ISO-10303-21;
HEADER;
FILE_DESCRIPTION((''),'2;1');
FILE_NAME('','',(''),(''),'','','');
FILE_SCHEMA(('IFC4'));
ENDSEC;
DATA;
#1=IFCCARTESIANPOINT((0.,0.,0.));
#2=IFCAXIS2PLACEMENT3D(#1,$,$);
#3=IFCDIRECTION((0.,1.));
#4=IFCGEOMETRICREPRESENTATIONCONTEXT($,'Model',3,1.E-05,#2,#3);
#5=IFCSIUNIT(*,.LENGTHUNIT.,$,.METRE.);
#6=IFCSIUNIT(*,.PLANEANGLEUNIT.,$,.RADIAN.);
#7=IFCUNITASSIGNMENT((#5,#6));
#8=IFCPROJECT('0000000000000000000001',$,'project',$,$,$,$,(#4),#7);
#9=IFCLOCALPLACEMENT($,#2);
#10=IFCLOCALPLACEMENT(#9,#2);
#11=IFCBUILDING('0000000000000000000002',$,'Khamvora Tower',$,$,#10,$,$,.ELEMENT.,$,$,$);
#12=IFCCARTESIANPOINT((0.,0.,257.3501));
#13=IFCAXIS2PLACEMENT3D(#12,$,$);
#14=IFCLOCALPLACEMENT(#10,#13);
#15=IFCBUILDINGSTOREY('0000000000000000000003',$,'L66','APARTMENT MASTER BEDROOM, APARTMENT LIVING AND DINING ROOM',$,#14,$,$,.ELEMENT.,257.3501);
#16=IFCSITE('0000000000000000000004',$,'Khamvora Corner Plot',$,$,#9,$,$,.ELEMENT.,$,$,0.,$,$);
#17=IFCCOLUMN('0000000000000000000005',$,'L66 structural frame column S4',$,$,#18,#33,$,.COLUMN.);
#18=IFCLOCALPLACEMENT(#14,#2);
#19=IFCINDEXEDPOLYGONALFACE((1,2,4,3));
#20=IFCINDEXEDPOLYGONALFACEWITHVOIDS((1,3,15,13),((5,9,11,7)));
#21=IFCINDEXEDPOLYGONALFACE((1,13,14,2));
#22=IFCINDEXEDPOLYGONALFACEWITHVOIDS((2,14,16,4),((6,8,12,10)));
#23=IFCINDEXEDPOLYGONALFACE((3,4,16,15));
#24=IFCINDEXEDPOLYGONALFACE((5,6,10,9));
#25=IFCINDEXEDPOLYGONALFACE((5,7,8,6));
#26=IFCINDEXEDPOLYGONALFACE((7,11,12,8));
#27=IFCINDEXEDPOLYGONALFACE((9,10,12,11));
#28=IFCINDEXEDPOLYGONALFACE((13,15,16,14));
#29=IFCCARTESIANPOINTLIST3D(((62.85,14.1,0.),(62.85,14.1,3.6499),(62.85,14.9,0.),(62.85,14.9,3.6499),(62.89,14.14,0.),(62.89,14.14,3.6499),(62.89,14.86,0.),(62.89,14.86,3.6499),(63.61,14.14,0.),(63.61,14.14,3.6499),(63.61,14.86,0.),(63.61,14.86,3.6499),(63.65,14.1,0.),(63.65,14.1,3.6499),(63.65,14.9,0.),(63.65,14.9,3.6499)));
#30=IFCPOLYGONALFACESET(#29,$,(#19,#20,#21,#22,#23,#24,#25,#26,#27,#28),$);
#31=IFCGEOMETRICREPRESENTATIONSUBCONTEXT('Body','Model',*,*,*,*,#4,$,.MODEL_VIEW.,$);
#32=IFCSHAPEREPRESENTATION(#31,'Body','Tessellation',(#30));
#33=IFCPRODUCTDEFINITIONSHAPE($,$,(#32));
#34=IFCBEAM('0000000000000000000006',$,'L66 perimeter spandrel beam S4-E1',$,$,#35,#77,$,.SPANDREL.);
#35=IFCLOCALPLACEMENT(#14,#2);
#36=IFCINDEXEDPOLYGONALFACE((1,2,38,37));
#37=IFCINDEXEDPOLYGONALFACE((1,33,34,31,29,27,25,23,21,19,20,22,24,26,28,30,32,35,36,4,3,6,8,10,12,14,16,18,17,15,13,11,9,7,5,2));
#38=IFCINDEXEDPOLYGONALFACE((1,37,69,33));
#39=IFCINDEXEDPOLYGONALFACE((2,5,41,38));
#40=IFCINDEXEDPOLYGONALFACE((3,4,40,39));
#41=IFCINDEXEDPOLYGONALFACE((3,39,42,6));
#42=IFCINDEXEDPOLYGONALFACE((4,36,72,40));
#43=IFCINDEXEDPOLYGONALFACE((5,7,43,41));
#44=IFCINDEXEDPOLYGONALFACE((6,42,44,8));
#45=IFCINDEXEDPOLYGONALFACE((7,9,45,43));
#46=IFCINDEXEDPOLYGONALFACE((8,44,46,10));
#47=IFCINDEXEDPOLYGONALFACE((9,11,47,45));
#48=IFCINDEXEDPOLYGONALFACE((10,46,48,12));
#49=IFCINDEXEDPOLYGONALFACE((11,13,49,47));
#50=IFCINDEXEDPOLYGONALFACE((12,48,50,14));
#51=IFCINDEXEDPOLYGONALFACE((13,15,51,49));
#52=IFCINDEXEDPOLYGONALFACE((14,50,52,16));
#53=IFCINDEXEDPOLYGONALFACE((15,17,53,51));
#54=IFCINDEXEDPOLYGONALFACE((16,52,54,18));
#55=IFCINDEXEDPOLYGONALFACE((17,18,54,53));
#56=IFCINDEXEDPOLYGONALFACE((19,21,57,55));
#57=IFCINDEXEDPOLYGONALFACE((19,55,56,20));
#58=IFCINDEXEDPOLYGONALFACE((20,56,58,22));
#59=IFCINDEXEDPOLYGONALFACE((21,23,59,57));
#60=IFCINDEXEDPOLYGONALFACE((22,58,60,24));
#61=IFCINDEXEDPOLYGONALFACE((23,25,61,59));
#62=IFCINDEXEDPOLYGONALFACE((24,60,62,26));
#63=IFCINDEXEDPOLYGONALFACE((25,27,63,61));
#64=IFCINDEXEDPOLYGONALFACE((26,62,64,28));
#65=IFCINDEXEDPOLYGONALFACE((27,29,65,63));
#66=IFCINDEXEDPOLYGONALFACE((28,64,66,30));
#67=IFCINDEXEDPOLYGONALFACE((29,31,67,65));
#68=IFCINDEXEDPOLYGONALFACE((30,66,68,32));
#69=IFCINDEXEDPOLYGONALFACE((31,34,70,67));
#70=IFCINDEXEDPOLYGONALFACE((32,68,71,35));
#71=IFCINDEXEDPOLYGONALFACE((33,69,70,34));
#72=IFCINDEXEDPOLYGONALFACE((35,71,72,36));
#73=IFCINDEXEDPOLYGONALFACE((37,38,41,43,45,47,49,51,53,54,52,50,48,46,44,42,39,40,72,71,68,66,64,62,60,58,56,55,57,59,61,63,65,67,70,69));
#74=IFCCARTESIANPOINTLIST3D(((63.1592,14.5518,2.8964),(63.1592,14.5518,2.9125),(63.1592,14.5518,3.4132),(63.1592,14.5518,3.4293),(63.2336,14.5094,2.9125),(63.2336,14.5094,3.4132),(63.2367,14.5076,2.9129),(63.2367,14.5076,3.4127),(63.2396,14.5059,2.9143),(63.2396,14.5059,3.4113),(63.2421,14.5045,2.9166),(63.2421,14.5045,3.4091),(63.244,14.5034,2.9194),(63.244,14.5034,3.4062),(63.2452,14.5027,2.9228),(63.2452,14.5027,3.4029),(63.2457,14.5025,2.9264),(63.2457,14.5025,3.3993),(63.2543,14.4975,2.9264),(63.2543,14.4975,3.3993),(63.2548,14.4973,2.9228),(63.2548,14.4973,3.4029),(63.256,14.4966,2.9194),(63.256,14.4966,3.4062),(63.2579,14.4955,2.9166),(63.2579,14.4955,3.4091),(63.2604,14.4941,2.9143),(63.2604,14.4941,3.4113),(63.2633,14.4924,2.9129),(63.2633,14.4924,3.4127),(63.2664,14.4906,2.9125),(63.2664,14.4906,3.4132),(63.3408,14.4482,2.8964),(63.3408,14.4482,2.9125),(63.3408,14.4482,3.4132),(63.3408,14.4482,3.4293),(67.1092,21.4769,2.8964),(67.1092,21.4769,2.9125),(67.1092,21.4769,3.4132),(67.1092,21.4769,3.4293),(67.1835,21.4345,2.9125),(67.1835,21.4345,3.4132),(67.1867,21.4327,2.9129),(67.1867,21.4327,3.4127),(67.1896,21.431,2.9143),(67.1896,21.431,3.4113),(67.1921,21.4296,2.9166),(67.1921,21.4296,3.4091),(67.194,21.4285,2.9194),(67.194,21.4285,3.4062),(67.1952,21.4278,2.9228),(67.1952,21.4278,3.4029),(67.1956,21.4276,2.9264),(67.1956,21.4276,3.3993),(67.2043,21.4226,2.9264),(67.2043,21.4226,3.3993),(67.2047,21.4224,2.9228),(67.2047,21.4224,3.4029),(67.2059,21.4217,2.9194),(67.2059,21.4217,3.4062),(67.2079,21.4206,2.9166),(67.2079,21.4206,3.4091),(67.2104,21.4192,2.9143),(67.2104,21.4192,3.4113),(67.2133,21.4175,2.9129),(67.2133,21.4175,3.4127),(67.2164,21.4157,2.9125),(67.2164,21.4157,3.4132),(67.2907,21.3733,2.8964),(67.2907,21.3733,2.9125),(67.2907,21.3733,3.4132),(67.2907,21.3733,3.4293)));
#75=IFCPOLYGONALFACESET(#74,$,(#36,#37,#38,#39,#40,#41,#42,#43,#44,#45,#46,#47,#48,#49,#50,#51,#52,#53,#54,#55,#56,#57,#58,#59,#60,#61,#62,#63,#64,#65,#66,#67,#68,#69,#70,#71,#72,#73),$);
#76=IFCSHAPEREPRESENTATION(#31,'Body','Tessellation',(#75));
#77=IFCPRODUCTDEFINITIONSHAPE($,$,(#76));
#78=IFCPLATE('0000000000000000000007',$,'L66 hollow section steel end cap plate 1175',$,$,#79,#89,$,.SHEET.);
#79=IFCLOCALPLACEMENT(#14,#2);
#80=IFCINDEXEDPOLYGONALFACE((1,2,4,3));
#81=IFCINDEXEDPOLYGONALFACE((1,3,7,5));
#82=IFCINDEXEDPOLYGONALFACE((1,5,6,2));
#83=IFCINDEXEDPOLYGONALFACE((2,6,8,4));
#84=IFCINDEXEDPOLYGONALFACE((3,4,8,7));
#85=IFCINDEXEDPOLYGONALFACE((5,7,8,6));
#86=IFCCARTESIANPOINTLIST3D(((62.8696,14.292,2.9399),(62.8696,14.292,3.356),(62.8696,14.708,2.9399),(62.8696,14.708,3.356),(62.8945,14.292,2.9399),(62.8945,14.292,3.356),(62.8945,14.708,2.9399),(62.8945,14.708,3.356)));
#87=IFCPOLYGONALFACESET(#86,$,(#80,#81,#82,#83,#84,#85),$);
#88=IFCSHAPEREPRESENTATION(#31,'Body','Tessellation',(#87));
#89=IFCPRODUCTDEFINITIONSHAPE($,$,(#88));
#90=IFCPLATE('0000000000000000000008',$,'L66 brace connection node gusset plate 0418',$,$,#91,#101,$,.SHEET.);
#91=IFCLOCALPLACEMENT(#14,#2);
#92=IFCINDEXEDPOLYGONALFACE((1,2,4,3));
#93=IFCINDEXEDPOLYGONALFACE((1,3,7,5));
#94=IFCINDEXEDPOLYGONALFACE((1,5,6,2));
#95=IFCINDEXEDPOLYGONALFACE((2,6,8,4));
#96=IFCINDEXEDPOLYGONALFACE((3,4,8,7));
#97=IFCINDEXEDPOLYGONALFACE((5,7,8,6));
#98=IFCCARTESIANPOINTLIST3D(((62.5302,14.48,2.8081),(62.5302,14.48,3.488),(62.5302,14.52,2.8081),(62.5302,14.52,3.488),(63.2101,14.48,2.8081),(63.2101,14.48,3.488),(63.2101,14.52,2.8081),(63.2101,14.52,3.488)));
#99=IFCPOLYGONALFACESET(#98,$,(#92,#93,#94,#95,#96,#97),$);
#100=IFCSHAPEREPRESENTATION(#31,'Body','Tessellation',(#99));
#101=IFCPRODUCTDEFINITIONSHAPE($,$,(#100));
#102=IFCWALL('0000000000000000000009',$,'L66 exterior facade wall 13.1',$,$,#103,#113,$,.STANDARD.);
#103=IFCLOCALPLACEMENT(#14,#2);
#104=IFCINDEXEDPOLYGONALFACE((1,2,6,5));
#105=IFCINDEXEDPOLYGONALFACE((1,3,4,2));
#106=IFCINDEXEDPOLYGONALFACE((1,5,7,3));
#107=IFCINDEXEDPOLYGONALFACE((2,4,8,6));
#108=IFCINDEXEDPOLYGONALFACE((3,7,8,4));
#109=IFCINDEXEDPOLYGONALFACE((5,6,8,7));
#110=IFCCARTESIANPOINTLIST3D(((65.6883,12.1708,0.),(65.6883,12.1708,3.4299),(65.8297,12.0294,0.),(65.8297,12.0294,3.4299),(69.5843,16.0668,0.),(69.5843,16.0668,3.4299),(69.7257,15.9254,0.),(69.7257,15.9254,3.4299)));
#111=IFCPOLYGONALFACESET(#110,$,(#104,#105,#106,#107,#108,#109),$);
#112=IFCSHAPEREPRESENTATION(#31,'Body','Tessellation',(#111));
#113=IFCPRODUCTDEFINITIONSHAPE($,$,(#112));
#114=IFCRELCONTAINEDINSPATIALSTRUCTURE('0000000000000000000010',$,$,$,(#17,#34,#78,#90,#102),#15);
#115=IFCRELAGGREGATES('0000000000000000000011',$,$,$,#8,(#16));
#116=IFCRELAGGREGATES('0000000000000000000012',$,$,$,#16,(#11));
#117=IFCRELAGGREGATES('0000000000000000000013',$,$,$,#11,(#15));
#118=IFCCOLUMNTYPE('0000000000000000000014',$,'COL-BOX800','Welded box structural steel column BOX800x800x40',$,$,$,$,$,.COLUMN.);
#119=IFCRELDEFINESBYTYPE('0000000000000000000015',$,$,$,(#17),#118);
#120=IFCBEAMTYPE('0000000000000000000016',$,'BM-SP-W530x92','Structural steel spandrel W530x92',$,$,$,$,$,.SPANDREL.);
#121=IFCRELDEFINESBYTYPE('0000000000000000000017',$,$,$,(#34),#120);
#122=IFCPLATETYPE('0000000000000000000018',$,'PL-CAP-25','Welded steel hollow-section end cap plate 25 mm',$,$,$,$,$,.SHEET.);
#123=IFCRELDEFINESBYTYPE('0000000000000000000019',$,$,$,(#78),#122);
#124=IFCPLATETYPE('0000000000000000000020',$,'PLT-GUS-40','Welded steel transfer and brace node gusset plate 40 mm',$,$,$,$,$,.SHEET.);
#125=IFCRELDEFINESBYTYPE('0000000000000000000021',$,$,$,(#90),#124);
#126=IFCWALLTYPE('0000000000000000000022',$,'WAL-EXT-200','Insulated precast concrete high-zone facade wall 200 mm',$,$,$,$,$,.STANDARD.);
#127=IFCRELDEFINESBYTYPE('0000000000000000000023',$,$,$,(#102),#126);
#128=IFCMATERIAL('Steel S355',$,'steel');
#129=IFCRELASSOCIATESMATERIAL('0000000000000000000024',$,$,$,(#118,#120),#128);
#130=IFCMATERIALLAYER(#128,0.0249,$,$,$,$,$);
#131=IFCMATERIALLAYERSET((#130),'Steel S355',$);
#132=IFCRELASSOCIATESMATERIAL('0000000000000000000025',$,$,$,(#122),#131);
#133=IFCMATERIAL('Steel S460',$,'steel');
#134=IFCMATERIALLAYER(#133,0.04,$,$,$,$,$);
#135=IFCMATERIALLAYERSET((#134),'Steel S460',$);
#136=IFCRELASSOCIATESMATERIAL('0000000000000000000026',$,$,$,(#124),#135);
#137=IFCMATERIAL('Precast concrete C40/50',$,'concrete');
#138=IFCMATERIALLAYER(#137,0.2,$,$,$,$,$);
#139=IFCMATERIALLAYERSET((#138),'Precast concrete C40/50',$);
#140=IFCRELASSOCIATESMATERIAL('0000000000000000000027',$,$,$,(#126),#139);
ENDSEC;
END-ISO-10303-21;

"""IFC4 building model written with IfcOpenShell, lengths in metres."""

from ifc_helpers import new_model, si_unit, direction, frame, frame_2d, origin, origin_2d, place, context, subcontext, project, spatial, rectangle, hollow_rectangle, i_section, extrude, material, layer, layer_set, material_profile, profile_set, type_object, element, save


model = new_model("IFC4")

# Units and contexts
model_context = context("Model", 3, precision=1e-05, world=origin(), true_north=direction((0.0, 1.0)))
body_context = subcontext(model_context, "Body", "Model", "MODEL_VIEW")
ifc_project = project(units=[si_unit("LENGTHUNIT", "METRE"), si_unit("PLANEANGLEUNIT", "RADIAN")], contexts=[model_context])

# Site, building, storey
site_placement = place(None, origin())
site = spatial("IfcSite", under=ifc_project, at=site_placement, Name="Khamvora Corner Plot", CompositionType="ELEMENT", RefElevation=0.0)
building_placement = place(site_placement, origin())
building = spatial("IfcBuilding", under=site, at=building_placement, Name="Khamvora Tower", CompositionType="ELEMENT")
storey_placement = place(building_placement, frame((0.0, 0.0, 257.3501)))
storey = spatial("IfcBuildingStorey", under=building, at=storey_placement, Name="L66", Description="APARTMENT MASTER BEDROOM, APARTMENT LIVING AND DINING ROOM", CompositionType="ELEMENT", Elevation=257.3501)

# Column
ifc_material_1 = material(Name="Steel S355", Category="steel")
ifc_material_profile_1 = material_profile(ifc_material_1, hollow_rectangle(XDim=0.8, YDim=0.8, WallThickness=0.04, at=origin_2d()), Name="BOX800x800x40")
ifc_profile_set_1 = profile_set([ifc_material_profile_1], Name="Steel S355")
column_type = type_object("IfcColumnType", Name="COL-BOX800", Description="Welded box structural steel column BOX800x800x40", PredefinedType="COLUMN", material=ifc_profile_set_1)
column_placement = place(storey_placement, frame((63.25, 14.5, 0.0), z_axis=(0.0, 0.0, 1.0), x_axis=(1.0, 0.0, 0.0)))
element("IfcColumn", 1, at=column_placement, inside=storey, type_object=column_type, Name="L66 structural frame column S4", PredefinedType="COLUMN", context=body_context, shape_type="SweptSolid", body=[
    extrude(hollow_rectangle(XDim=0.8, YDim=0.8, WallThickness=0.04, at=origin_2d()), origin(), (0.0, 0.0, 1.0), 3.6499),
])

# Beam
ifc_material_profile_2 = material_profile(ifc_material_1, i_section(OverallWidth=0.209, OverallDepth=0.533, WebThickness=0.01, FlangeThickness=0.0161, FilletRadius=0.0139, at=origin_2d()), Name="W530x92")
ifc_profile_set_2 = profile_set([ifc_material_profile_2], Name="Steel S355")
beam_type = type_object("IfcBeamType", Name="BM-SP-W530x92", Description="Structural steel spandrel W530x92", PredefinedType="SPANDREL", material=ifc_profile_set_2)
beam_placement = place(storey_placement, frame((63.25, 14.5, 3.1628), z_axis=(0.495456, 0.868633, 0.0), x_axis=(-0.868633, 0.495456, 0.0)))
element("IfcBeam", 2, at=beam_placement, inside=storey, type_object=beam_type, Name="L66 perimeter spandrel beam S4-E1", PredefinedType="SPANDREL", context=body_context, shape_type="SweptSolid", body=[
    extrude(i_section(OverallWidth=0.209, OverallDepth=0.533, WebThickness=0.01, FlangeThickness=0.0161, FilletRadius=0.0139, at=origin_2d()), origin(), (0.0, 0.0, 1.0), 7.9724),
])

# Plates
ifc_layer_1 = layer(ifc_material_1, 0.0249)
ifc_layer_set_1 = layer_set([ifc_layer_1], Name="Steel S355")
plate_type_1 = type_object("IfcPlateType", Name="PL-CAP-25", Description="Welded steel hollow-section end cap plate 25 mm", PredefinedType="SHEET", material=ifc_layer_set_1)
plate_1_placement = place(storey_placement, frame((62.8821, 14.5, 2.9399), z_axis=(0.0, 0.0, 1.0), x_axis=(1.0, 0.0, 0.0)))
element("IfcPlate", 3, at=plate_1_placement, inside=storey, type_object=plate_type_1, Name="L66 hollow section steel end cap plate 1175", PredefinedType="SHEET", context=body_context, shape_type="SweptSolid", body=[
    extrude(rectangle(XDim=0.0249, YDim=0.416, at=origin_2d()), origin(), (0.0, 0.0, 1.0), 0.416),
])
ifc_material_2 = material(Name="Steel S460", Category="steel")
ifc_layer_2 = layer(ifc_material_2, 0.04)
ifc_layer_set_2 = layer_set([ifc_layer_2], Name="Steel S460")
plate_type_2 = type_object("IfcPlateType", Name="PLT-GUS-40", Description="Welded steel transfer and brace node gusset plate 40 mm", PredefinedType="SHEET", material=ifc_layer_set_2)
plate_2_placement = place(storey_placement, frame((62.8701, 14.5, 2.8081), z_axis=(0.0, 0.0, 1.0), x_axis=(1.0, 0.0, 0.0)))
element("IfcPlate", 4, at=plate_2_placement, inside=storey, type_object=plate_type_2, Name="L66 brace connection node gusset plate 0418", PredefinedType="SHEET", context=body_context, shape_type="SweptSolid", body=[
    extrude(rectangle(XDim=0.6799, YDim=0.04, at=origin_2d()), origin(), (0.0, 0.0, 1.0), 0.6799),
])

# Wall
ifc_material_3 = material(Name="Precast concrete C40/50", Category="concrete")
ifc_layer_3 = layer(ifc_material_3, 0.2)
ifc_layer_set_3 = layer_set([ifc_layer_3], Name="Precast concrete C40/50")
wall_type_1 = type_object("IfcWallType", Name="WAL-EXT-200", Description="Insulated precast concrete high-zone facade wall 200 mm", PredefinedType="STANDARD", material=ifc_layer_set_3)
wall_1_placement = place(storey_placement, frame((69.655, 15.9961, 0.0), z_axis=(0.0, 0.0, 1.0), x_axis=(-0.707107, -0.707107, 0.0)))
element("IfcWall", 5, at=wall_1_placement, inside=storey, type_object=wall_type_1, Name="L66 exterior facade wall 13.1", PredefinedType="STANDARD", context=body_context, shape_type="SweptSolid", body=[
    extrude(rectangle(XDim=5.5098, YDim=0.2, at=frame_2d((2.7549, 0.0))), origin(), (0.0, 0.0, 1.0), 3.4299),
])

save(model, "model.ifc")
